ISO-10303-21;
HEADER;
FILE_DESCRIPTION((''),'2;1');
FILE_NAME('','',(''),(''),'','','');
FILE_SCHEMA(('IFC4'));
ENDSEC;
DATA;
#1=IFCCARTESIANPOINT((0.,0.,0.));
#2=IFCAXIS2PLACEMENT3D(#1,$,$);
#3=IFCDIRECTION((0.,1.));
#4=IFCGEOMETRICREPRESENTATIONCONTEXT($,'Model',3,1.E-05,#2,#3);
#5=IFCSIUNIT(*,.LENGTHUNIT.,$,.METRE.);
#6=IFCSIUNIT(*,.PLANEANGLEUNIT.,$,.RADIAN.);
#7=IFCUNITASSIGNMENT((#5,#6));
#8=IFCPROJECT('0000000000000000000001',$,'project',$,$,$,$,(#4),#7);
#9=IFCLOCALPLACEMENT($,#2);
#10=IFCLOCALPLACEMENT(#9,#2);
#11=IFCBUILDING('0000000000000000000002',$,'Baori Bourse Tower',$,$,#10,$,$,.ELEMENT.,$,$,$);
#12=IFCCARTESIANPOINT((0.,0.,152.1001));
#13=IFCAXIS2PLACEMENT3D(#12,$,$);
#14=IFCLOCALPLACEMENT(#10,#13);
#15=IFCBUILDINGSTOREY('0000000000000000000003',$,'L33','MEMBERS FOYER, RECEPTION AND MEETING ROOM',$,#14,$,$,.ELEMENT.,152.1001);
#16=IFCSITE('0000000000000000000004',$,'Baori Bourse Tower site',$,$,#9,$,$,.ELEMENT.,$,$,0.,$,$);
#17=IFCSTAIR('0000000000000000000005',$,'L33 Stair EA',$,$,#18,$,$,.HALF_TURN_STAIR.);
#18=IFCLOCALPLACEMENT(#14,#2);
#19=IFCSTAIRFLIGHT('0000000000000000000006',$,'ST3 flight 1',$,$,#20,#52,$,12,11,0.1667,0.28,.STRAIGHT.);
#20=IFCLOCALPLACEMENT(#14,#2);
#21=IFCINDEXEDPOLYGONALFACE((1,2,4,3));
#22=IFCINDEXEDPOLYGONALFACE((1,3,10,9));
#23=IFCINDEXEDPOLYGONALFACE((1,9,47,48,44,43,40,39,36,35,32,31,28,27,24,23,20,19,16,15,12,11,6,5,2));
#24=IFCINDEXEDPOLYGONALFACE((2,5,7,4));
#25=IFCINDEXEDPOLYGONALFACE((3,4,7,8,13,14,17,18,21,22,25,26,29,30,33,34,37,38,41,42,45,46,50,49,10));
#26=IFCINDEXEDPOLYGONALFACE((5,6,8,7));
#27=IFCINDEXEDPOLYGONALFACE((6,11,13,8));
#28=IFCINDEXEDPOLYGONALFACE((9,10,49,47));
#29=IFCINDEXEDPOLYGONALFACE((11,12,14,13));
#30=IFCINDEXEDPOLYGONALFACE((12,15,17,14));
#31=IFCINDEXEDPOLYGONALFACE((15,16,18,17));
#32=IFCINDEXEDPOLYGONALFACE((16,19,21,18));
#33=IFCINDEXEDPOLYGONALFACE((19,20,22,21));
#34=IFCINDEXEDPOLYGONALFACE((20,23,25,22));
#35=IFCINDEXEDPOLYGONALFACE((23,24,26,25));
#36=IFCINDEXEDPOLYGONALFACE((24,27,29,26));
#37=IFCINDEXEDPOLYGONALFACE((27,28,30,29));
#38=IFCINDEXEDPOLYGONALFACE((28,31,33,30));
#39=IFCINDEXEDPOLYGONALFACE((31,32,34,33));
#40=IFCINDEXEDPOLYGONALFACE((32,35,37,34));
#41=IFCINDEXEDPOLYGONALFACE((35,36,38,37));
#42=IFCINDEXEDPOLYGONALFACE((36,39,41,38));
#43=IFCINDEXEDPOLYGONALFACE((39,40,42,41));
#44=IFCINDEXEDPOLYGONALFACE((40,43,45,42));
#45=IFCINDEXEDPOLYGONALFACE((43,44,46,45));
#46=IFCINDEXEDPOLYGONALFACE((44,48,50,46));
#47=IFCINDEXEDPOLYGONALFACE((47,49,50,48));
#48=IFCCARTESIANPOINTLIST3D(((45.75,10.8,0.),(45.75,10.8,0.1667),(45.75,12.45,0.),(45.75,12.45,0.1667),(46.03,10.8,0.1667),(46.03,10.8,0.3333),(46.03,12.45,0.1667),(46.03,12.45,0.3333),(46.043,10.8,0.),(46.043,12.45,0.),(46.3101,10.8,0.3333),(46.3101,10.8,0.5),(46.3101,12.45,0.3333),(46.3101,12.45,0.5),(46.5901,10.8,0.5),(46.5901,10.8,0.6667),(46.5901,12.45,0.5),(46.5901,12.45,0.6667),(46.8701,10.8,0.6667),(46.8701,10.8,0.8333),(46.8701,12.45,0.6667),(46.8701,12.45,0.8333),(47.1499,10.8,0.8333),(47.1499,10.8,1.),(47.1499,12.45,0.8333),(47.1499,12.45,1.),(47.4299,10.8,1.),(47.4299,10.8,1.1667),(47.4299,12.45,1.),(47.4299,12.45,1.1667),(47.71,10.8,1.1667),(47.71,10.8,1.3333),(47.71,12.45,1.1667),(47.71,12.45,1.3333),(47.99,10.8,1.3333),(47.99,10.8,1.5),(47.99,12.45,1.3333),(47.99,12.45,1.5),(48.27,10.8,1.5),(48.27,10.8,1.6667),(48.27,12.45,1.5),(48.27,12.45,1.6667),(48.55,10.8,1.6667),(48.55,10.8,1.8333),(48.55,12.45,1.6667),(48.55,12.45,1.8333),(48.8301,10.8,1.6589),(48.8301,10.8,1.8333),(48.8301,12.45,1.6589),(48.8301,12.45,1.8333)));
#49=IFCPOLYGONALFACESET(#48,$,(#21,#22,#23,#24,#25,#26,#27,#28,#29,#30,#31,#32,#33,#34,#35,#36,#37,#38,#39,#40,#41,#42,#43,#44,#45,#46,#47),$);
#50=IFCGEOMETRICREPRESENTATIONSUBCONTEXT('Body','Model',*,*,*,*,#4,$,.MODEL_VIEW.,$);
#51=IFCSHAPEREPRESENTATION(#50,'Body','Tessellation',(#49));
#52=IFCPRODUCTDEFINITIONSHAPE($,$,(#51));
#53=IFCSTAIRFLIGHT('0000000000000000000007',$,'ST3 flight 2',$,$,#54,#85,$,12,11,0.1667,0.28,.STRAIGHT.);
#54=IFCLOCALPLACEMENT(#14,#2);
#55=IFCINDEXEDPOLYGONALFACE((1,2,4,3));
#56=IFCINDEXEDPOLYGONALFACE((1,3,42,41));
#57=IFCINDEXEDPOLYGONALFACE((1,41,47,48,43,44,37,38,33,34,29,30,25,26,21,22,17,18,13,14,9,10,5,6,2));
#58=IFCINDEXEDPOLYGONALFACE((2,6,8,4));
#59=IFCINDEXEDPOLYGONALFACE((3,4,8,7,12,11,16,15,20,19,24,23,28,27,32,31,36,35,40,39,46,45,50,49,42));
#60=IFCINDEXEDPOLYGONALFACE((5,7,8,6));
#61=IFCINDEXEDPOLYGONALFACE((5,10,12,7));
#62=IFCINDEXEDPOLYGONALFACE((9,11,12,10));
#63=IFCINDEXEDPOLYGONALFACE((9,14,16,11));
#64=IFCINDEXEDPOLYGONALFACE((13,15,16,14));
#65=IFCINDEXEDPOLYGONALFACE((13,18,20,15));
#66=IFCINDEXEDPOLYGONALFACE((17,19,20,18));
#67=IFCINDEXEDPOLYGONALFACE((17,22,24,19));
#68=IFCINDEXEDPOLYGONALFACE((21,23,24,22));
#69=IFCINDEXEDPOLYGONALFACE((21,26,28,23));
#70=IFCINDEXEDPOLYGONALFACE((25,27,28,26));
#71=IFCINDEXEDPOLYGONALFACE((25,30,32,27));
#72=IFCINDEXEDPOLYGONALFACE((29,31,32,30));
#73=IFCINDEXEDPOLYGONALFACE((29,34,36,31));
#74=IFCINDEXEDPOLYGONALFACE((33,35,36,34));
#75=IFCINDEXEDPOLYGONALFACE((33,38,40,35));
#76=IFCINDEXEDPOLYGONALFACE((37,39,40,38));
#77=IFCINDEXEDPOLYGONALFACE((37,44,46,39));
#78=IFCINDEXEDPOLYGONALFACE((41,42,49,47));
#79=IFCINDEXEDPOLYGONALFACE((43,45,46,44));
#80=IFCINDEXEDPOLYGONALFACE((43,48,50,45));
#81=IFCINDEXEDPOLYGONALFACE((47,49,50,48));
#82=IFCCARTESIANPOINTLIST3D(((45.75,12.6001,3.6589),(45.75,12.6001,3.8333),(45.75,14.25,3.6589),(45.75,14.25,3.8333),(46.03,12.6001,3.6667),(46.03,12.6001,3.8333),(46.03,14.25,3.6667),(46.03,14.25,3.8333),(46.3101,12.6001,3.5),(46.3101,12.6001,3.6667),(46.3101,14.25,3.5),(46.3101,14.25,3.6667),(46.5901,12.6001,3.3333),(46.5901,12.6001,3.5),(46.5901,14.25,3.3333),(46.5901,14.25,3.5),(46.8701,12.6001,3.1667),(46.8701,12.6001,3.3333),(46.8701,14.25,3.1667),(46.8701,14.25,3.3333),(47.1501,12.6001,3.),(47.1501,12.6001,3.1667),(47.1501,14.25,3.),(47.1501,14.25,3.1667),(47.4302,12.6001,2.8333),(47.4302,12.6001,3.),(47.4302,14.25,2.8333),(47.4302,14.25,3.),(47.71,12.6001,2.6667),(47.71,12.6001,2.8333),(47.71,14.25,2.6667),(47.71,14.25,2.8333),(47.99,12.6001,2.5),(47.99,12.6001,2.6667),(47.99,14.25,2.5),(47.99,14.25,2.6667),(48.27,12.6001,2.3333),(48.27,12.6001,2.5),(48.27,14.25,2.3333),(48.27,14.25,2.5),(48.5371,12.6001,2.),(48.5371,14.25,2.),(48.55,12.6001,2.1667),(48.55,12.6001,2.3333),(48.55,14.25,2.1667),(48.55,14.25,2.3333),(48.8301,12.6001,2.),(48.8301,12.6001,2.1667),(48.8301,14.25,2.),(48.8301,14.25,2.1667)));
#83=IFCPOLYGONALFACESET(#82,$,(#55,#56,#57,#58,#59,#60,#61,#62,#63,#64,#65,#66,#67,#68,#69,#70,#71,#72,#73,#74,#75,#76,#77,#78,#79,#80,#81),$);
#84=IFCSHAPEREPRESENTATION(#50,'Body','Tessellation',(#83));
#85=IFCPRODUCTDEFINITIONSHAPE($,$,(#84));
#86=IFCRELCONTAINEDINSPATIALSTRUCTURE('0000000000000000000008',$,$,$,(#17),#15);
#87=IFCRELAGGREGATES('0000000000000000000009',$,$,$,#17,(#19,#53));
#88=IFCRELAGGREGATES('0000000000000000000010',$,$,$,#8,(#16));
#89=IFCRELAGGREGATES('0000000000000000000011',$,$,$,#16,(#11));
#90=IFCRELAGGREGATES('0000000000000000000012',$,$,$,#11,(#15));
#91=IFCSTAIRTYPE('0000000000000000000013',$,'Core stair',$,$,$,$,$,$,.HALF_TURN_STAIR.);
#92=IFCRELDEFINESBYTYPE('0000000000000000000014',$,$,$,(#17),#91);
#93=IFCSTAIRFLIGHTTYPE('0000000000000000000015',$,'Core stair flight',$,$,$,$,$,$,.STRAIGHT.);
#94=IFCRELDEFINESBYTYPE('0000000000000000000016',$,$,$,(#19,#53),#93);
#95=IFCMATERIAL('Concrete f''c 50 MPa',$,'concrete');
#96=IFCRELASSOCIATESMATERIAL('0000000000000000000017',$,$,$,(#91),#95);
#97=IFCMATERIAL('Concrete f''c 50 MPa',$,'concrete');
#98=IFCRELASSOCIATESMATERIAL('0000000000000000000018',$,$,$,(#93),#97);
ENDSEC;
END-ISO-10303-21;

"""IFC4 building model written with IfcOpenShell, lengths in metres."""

from ifc_helpers import new_model, si_unit, direction, frame, origin, place, context, subcontext, project, spatial, polyline, outline, extrude, material, type_object, element, aggregate, save


model = new_model("IFC4")

# Units and contexts
model_context = context("Model", 3, precision=1e-05, world=origin(), true_north=direction((0.0, 1.0)))
body_context = subcontext(model_context, "Body", "Model", "MODEL_VIEW")
ifc_project = project(units=[si_unit("LENGTHUNIT", "METRE"), si_unit("PLANEANGLEUNIT", "RADIAN")], contexts=[model_context])

# Site, building, storey
site_placement = place(None, origin())
site = spatial("IfcSite", under=ifc_project, at=site_placement, Name="Baori Bourse Tower site", CompositionType="ELEMENT", RefElevation=0.0)
building_placement = place(site_placement, origin())
building = spatial("IfcBuilding", under=site, at=building_placement, Name="Baori Bourse Tower", CompositionType="ELEMENT")
storey_placement = place(building_placement, frame((0.0, 0.0, 152.1001)))
storey = spatial("IfcBuildingStorey", under=building, at=storey_placement, Name="L33", Description="MEMBERS FOYER, RECEPTION AND MEETING ROOM", CompositionType="ELEMENT", Elevation=152.1001)

# Stair, stair flights
ifc_material_1 = material(Name="Concrete f'c 50 MPa", Category="concrete")
stair_type = type_object("IfcStairType", Name="Core stair", PredefinedType="HALF_TURN_STAIR", material=ifc_material_1)
stair_placement = place(storey_placement, origin())
stair = element("IfcStair", 1, at=stair_placement, inside=storey, type_object=stair_type, Name="L33 Stair EA", PredefinedType="HALF_TURN_STAIR")
ifc_material_2 = material(Name="Concrete f'c 50 MPa", Category="concrete")
stair_flight_type = type_object("IfcStairFlightType", Name="Core stair flight", PredefinedType="STRAIGHT", material=ifc_material_2)
stair_flight_1_placement = place(storey_placement, frame((45.75, 11.625, 0.0), z_axis=(0.0, 0.0, 1.0), x_axis=(1.0, 0.0, 0.0)))
stair_flight_1 = element("IfcStairFlight", 2, at=stair_flight_1_placement, type_object=stair_flight_type, Name="ST3 flight 1", NumberOfRisers=12, NumberOfTreads=11, PredefinedType="STRAIGHT", RiserHeight=0.1667, TreadLength=0.28, context=body_context, shape_type="SweptSolid", body=[
    extrude(outline(polyline([(0.0, 0.0), (0.0, 0.1667), (0.28, 0.1667), (0.28, 0.3333), (0.5601, 0.3333), (0.5601, 0.5), (0.8401, 0.5), (0.8401, 0.6667), (1.1201, 0.6667), (1.1201, 0.8333), (1.3999, 0.8333), (1.3999, 1.0), (1.6799, 1.0), (1.6799, 1.1667), (1.96, 1.1667), (1.96, 1.3333), (2.24, 1.3333), (2.24, 1.5), (2.52, 1.5), (2.52, 1.6667), (2.8, 1.6667), (2.8, 1.8333), (3.0801, 1.8333), (3.0801, 2.0), (3.0801, 1.6589), (0.293, 0.0), (0.0, 0.0)])), frame((0.0, 0.825, 0.0), z_axis=(0.0, -1.0, 0.0), x_axis=(1.0, 0.0, 0.0)), (0.0, 0.0, 1.0), 1.6499),
])
stair_flight_2_placement = place(storey_placement, frame((48.8301, 13.425, 2.0), z_axis=(0.0, 0.0, 1.0), x_axis=(-1.0, 0.0, 0.0)))
stair_flight_2 = element("IfcStairFlight", 3, at=stair_flight_2_placement, type_object=stair_flight_type, Name="ST3 flight 2", NumberOfRisers=12, NumberOfTreads=11, PredefinedType="STRAIGHT", RiserHeight=0.1667, TreadLength=0.28, context=body_context, shape_type="SweptSolid", body=[
    extrude(outline(polyline([(0.0, 0.0), (0.0, 0.1667), (0.28, 0.1667), (0.28, 0.3333), (0.5601, 0.3333), (0.5601, 0.5), (0.8401, 0.5), (0.8401, 0.6667), (1.1201, 0.6667), (1.1201, 0.8333), (1.3999, 0.8333), (1.3999, 1.0), (1.6799, 1.0), (1.6799, 1.1667), (1.96, 1.1667), (1.96, 1.3333), (2.24, 1.3333), (2.24, 1.5), (2.52, 1.5), (2.52, 1.6667), (2.8, 1.6667), (2.8, 1.8333), (3.0801, 1.8333), (3.0801, 2.0), (3.0801, 1.6589), (0.293, 0.0), (0.0, 0.0)])), frame((0.0, 0.825, 0.0), z_axis=(0.0, -1.0, 0.0), x_axis=(1.0, 0.0, 0.0)), (0.0, 0.0, 1.0), 1.6499),
])
aggregate(stair, [stair_flight_1, stair_flight_2])

save(model, "model.ifc")
